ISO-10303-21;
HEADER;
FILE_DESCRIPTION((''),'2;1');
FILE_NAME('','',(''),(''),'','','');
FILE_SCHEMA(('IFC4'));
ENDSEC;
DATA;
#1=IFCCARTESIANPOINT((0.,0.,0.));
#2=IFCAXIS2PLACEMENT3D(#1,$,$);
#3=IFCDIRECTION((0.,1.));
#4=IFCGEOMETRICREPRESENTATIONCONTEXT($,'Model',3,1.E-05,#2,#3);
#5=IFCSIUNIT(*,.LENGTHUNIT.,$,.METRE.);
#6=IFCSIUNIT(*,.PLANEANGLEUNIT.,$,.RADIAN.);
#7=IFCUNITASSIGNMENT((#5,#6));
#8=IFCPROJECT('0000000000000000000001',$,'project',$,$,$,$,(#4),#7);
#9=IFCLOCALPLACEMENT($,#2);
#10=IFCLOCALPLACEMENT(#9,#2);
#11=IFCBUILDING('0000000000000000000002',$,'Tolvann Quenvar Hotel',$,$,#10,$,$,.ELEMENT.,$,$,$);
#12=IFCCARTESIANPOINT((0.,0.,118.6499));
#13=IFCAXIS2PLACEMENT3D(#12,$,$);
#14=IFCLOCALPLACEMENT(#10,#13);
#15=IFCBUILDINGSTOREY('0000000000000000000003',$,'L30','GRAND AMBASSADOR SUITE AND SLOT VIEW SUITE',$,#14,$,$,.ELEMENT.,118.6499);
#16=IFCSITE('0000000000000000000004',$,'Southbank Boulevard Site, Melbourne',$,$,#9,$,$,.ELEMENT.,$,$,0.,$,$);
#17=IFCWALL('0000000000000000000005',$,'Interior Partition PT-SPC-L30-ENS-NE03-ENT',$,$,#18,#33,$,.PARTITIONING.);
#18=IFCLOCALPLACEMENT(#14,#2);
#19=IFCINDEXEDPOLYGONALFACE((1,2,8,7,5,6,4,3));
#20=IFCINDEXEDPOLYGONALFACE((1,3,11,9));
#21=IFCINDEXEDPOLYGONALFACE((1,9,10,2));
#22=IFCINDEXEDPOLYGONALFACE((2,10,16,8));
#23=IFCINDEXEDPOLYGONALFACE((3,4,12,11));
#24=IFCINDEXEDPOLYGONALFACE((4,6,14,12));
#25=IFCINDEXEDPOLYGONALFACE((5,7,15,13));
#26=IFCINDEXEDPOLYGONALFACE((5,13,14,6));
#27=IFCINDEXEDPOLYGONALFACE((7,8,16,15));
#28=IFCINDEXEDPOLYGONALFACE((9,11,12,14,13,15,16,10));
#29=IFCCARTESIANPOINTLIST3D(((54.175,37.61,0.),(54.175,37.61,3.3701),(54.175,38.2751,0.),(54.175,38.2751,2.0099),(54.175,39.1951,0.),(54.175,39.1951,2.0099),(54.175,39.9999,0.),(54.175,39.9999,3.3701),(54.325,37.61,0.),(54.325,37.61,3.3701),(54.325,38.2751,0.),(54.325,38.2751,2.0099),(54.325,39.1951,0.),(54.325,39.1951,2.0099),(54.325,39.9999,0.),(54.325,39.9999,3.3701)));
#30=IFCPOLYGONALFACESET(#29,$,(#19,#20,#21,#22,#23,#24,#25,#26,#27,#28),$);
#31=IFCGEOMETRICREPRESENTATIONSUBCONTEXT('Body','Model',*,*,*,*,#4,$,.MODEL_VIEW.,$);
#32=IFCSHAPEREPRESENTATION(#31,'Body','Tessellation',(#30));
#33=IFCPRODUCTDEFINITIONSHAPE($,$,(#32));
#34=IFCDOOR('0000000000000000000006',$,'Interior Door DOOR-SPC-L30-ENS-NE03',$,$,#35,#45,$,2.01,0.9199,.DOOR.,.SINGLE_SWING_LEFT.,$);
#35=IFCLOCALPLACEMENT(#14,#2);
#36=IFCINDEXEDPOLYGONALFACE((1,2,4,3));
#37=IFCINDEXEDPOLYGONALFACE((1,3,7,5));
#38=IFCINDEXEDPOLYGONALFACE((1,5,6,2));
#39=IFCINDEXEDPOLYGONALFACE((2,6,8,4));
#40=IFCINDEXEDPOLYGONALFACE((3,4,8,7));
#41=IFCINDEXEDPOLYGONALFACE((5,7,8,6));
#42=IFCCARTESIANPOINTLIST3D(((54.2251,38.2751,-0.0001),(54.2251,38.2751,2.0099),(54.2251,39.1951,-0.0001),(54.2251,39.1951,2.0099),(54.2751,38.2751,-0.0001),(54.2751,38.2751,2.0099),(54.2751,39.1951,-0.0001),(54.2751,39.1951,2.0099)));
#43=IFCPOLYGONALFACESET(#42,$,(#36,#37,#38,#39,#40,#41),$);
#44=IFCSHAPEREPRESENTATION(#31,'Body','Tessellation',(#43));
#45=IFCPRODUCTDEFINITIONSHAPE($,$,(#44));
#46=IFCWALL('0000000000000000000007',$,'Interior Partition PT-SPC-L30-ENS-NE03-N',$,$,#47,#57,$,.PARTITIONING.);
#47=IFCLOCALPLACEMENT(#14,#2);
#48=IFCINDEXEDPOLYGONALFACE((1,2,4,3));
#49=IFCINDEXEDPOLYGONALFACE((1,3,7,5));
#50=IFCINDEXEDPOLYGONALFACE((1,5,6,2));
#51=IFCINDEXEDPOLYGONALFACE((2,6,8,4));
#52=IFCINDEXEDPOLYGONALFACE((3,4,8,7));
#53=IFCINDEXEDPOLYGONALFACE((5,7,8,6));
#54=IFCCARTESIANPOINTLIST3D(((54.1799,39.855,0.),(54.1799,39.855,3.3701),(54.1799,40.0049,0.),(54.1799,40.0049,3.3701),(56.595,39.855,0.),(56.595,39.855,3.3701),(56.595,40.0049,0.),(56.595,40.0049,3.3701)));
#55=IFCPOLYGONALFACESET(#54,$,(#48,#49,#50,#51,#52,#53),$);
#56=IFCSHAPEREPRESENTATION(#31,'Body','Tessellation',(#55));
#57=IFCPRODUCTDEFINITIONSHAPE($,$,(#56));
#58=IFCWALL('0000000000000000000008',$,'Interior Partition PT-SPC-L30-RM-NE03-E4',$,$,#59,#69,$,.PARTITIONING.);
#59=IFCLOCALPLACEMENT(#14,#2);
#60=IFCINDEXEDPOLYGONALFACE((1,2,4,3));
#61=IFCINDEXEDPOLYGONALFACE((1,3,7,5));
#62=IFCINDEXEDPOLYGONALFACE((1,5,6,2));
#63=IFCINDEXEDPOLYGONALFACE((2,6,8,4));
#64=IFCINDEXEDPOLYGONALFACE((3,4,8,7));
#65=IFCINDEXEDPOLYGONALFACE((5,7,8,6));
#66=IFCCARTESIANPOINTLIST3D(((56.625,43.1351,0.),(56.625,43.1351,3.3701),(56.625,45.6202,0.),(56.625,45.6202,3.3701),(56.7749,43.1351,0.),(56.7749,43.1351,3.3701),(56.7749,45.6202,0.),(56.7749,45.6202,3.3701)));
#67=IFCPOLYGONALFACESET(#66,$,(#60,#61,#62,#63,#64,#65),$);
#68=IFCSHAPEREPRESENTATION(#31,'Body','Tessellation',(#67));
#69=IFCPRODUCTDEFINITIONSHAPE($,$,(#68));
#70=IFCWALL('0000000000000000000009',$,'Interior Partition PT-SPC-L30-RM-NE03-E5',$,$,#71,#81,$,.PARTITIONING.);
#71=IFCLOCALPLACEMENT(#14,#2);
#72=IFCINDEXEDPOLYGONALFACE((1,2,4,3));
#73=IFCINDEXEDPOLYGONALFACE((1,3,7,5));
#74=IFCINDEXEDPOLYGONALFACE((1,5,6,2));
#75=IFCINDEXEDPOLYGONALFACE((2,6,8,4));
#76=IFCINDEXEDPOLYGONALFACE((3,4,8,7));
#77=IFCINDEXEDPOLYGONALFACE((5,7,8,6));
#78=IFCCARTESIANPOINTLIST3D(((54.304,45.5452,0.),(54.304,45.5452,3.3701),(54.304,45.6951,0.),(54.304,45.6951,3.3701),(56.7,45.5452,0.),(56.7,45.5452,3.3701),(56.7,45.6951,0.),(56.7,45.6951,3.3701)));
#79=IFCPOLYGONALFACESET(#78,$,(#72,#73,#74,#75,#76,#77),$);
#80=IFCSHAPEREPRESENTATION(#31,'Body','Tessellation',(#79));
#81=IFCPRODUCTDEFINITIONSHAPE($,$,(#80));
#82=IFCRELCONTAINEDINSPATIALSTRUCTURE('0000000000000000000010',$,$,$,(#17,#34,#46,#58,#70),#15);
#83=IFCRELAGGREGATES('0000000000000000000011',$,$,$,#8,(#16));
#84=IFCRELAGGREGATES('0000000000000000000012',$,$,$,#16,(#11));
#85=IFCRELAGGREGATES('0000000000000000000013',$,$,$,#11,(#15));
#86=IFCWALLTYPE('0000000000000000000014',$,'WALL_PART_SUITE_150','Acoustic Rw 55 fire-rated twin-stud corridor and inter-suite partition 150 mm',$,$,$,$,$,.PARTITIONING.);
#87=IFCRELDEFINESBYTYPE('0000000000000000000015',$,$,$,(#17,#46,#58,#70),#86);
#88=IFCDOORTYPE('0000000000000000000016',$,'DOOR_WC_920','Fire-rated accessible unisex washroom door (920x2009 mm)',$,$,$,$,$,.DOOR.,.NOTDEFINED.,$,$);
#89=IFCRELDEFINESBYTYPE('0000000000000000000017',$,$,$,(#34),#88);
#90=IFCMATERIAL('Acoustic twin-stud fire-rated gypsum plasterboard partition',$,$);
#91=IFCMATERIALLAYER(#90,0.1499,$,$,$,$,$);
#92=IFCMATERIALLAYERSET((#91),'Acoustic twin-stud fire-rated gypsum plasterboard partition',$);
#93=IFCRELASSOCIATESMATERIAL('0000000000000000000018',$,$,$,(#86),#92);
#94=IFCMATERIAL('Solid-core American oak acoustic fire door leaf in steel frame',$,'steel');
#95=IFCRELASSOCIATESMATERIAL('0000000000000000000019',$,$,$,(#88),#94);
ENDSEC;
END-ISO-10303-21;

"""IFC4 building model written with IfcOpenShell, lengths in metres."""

from ifc_helpers import new_model, si_unit, direction, frame, frame_2d, origin, place, context, subcontext, project, spatial, rectangle, extrude, source, transform, mapped, material, layer, layer_set, type_object, type_shapes, element, fill, save


model = new_model("IFC4")

# Units and contexts
model_context = context("Model", 3, precision=1e-05, world=origin(), true_north=direction((0.0, 1.0)))
body_context = subcontext(model_context, "Body", "Model", "MODEL_VIEW")
ifc_project = project(units=[si_unit("LENGTHUNIT", "METRE"), si_unit("PLANEANGLEUNIT", "RADIAN")], contexts=[model_context])

# Site, building, storey
site_placement = place(None, origin())
site = spatial("IfcSite", under=ifc_project, at=site_placement, Name="Southbank Boulevard Site, Melbourne", CompositionType="ELEMENT", RefElevation=0.0)
building_placement = place(site_placement, origin())
building = spatial("IfcBuilding", under=site, at=building_placement, Name="Tolvann Quenvar Hotel", CompositionType="ELEMENT")
storey_placement = place(building_placement, frame((0.0, 0.0, 118.6499)))
storey = spatial("IfcBuildingStorey", under=building, at=storey_placement, Name="L30", Description="GRAND AMBASSADOR SUITE AND SLOT VIEW SUITE", CompositionType="ELEMENT", Elevation=118.6499)

# Shared definitions
ifc_material_1 = material(Name="Acoustic twin-stud fire-rated gypsum plasterboard partition")
ifc_layer_1 = layer(ifc_material_1, 0.1499)
ifc_layer_set_1 = layer_set([ifc_layer_1], Name="Acoustic twin-stud fire-rated gypsum plasterboard partition")
wall_type_1 = type_object("IfcWallType", Name="WALL_PART_SUITE_150", Description="Acoustic Rw 55 fire-rated twin-stud corridor and inter-suite partition 150 mm", PredefinedType="PARTITIONING", material=ifc_layer_set_1)
ifc_material_2 = material(Name="Solid-core American oak acoustic fire door leaf in steel frame", Category="steel")
door_type = type_object("IfcDoorType", Name="DOOR_WC_920", Description="Fire-rated accessible unisex washroom door (920x2009 mm)", OperationType="NOTDEFINED", PredefinedType="DOOR", material=ifc_material_2)
shared_shape_1 = source(origin(), body_context, "Body", "SweptSolid", [
    extrude(rectangle(XDim=0.9199, YDim=2.01, at=frame_2d((0.46, 1.0049))), frame((0.0, 0.0249, 0.0), z_axis=(0.0, -1.0, 0.0), x_axis=(1.0, 0.0, 0.0)), (0.0, 0.0, 1.0), 0.05),
])
type_shapes(door_type, [shared_shape_1])

# Wall, opening, door
wall_1_placement = place(storey_placement, frame((54.25, 37.6101, 0.0), z_axis=(0.0, 0.0, 1.0), x_axis=(0.0, 1.0, 0.0)))
wall_1 = element("IfcWall", 1, at=wall_1_placement, inside=storey, type_object=wall_type_1, Name="Interior Partition PT-SPC-L30-ENS-NE03-ENT", PredefinedType="PARTITIONING", context=body_context, shape_type="SweptSolid", body=[
    extrude(rectangle(XDim=2.3899, YDim=0.1499, at=frame_2d((1.1948, 0.0))), origin(), (0.0, 0.0, 1.0), 3.3701),
])
opening_1_placement = place(wall_1_placement, frame((0.665, 0.0, 0.0)))
opening_1 = element("IfcOpeningElement", 2, at=opening_1_placement, cuts=wall_1, PredefinedType="OPENING", context=body_context, shape_type="SweptSolid", body=[
    extrude(rectangle(XDim=0.9199, YDim=2.01, at=frame_2d((0.46, 1.0049))), frame((0.0, 0.085, 0.0), z_axis=(0.0, -1.0, 0.0), x_axis=(1.0, 0.0, 0.0)), (0.0, 0.0, 1.0), 0.1699),
])
door_1_placement = place(opening_1_placement, origin())
door_1 = element("IfcDoor", 3, at=door_1_placement, inside=storey, type_object=door_type, Name="Interior Door DOOR-SPC-L30-ENS-NE03", OperationType="SINGLE_SWING_LEFT", OverallHeight=2.01, OverallWidth=0.9199, PredefinedType="DOOR", context=body_context, shape_type="MappedRepresentation", body=[
    mapped(shared_shape_1, transform((0.0, 0.0, 0.0), x_axis=(1.0, 0.0, 0.0), y_axis=(0.0, 1.0, 0.0), z_axis=(0.0, 0.0, 1.0), scale=1.0)),
])
fill(opening_1, door_1)

# Walls
wall_2_placement = place(storey_placement, frame((54.1799, 39.9299, 0.0), z_axis=(0.0, 0.0, 1.0), x_axis=(1.0, 0.0, 0.0)))
element("IfcWall", 4, at=wall_2_placement, inside=storey, type_object=wall_type_1, Name="Interior Partition PT-SPC-L30-ENS-NE03-N", PredefinedType="PARTITIONING", context=body_context, shape_type="SweptSolid", body=[
    extrude(rectangle(XDim=2.415, YDim=0.1499, at=frame_2d((1.2075, 0.0))), origin(), (0.0, 0.0, 1.0), 3.3701),
])
wall_3_placement = place(storey_placement, frame((56.7, 43.135, 0.0), z_axis=(0.0, 0.0, 1.0), x_axis=(0.0, 1.0, 0.0)))
element("IfcWall", 5, at=wall_3_placement, inside=storey, type_object=wall_type_1, Name="Interior Partition PT-SPC-L30-RM-NE03-E4", PredefinedType="PARTITIONING", context=body_context, shape_type="SweptSolid", body=[
    extrude(rectangle(XDim=2.4851, YDim=0.1499, at=frame_2d((1.2427, 0.0))), origin(), (0.0, 0.0, 1.0), 3.3701),
])
wall_4_placement = place(storey_placement, frame((54.304, 45.6201, 0.0), z_axis=(0.0, 0.0, 1.0), x_axis=(1.0, 0.0, 0.0)))
element("IfcWall", 6, at=wall_4_placement, inside=storey, type_object=wall_type_1, Name="Interior Partition PT-SPC-L30-RM-NE03-E5", PredefinedType="PARTITIONING", context=body_context, shape_type="SweptSolid", body=[
    extrude(rectangle(XDim=2.396, YDim=0.1499, at=frame_2d((1.198, 0.0))), origin(), (0.0, 0.0, 1.0), 3.3701),
])

save(model, "model.ifc")
